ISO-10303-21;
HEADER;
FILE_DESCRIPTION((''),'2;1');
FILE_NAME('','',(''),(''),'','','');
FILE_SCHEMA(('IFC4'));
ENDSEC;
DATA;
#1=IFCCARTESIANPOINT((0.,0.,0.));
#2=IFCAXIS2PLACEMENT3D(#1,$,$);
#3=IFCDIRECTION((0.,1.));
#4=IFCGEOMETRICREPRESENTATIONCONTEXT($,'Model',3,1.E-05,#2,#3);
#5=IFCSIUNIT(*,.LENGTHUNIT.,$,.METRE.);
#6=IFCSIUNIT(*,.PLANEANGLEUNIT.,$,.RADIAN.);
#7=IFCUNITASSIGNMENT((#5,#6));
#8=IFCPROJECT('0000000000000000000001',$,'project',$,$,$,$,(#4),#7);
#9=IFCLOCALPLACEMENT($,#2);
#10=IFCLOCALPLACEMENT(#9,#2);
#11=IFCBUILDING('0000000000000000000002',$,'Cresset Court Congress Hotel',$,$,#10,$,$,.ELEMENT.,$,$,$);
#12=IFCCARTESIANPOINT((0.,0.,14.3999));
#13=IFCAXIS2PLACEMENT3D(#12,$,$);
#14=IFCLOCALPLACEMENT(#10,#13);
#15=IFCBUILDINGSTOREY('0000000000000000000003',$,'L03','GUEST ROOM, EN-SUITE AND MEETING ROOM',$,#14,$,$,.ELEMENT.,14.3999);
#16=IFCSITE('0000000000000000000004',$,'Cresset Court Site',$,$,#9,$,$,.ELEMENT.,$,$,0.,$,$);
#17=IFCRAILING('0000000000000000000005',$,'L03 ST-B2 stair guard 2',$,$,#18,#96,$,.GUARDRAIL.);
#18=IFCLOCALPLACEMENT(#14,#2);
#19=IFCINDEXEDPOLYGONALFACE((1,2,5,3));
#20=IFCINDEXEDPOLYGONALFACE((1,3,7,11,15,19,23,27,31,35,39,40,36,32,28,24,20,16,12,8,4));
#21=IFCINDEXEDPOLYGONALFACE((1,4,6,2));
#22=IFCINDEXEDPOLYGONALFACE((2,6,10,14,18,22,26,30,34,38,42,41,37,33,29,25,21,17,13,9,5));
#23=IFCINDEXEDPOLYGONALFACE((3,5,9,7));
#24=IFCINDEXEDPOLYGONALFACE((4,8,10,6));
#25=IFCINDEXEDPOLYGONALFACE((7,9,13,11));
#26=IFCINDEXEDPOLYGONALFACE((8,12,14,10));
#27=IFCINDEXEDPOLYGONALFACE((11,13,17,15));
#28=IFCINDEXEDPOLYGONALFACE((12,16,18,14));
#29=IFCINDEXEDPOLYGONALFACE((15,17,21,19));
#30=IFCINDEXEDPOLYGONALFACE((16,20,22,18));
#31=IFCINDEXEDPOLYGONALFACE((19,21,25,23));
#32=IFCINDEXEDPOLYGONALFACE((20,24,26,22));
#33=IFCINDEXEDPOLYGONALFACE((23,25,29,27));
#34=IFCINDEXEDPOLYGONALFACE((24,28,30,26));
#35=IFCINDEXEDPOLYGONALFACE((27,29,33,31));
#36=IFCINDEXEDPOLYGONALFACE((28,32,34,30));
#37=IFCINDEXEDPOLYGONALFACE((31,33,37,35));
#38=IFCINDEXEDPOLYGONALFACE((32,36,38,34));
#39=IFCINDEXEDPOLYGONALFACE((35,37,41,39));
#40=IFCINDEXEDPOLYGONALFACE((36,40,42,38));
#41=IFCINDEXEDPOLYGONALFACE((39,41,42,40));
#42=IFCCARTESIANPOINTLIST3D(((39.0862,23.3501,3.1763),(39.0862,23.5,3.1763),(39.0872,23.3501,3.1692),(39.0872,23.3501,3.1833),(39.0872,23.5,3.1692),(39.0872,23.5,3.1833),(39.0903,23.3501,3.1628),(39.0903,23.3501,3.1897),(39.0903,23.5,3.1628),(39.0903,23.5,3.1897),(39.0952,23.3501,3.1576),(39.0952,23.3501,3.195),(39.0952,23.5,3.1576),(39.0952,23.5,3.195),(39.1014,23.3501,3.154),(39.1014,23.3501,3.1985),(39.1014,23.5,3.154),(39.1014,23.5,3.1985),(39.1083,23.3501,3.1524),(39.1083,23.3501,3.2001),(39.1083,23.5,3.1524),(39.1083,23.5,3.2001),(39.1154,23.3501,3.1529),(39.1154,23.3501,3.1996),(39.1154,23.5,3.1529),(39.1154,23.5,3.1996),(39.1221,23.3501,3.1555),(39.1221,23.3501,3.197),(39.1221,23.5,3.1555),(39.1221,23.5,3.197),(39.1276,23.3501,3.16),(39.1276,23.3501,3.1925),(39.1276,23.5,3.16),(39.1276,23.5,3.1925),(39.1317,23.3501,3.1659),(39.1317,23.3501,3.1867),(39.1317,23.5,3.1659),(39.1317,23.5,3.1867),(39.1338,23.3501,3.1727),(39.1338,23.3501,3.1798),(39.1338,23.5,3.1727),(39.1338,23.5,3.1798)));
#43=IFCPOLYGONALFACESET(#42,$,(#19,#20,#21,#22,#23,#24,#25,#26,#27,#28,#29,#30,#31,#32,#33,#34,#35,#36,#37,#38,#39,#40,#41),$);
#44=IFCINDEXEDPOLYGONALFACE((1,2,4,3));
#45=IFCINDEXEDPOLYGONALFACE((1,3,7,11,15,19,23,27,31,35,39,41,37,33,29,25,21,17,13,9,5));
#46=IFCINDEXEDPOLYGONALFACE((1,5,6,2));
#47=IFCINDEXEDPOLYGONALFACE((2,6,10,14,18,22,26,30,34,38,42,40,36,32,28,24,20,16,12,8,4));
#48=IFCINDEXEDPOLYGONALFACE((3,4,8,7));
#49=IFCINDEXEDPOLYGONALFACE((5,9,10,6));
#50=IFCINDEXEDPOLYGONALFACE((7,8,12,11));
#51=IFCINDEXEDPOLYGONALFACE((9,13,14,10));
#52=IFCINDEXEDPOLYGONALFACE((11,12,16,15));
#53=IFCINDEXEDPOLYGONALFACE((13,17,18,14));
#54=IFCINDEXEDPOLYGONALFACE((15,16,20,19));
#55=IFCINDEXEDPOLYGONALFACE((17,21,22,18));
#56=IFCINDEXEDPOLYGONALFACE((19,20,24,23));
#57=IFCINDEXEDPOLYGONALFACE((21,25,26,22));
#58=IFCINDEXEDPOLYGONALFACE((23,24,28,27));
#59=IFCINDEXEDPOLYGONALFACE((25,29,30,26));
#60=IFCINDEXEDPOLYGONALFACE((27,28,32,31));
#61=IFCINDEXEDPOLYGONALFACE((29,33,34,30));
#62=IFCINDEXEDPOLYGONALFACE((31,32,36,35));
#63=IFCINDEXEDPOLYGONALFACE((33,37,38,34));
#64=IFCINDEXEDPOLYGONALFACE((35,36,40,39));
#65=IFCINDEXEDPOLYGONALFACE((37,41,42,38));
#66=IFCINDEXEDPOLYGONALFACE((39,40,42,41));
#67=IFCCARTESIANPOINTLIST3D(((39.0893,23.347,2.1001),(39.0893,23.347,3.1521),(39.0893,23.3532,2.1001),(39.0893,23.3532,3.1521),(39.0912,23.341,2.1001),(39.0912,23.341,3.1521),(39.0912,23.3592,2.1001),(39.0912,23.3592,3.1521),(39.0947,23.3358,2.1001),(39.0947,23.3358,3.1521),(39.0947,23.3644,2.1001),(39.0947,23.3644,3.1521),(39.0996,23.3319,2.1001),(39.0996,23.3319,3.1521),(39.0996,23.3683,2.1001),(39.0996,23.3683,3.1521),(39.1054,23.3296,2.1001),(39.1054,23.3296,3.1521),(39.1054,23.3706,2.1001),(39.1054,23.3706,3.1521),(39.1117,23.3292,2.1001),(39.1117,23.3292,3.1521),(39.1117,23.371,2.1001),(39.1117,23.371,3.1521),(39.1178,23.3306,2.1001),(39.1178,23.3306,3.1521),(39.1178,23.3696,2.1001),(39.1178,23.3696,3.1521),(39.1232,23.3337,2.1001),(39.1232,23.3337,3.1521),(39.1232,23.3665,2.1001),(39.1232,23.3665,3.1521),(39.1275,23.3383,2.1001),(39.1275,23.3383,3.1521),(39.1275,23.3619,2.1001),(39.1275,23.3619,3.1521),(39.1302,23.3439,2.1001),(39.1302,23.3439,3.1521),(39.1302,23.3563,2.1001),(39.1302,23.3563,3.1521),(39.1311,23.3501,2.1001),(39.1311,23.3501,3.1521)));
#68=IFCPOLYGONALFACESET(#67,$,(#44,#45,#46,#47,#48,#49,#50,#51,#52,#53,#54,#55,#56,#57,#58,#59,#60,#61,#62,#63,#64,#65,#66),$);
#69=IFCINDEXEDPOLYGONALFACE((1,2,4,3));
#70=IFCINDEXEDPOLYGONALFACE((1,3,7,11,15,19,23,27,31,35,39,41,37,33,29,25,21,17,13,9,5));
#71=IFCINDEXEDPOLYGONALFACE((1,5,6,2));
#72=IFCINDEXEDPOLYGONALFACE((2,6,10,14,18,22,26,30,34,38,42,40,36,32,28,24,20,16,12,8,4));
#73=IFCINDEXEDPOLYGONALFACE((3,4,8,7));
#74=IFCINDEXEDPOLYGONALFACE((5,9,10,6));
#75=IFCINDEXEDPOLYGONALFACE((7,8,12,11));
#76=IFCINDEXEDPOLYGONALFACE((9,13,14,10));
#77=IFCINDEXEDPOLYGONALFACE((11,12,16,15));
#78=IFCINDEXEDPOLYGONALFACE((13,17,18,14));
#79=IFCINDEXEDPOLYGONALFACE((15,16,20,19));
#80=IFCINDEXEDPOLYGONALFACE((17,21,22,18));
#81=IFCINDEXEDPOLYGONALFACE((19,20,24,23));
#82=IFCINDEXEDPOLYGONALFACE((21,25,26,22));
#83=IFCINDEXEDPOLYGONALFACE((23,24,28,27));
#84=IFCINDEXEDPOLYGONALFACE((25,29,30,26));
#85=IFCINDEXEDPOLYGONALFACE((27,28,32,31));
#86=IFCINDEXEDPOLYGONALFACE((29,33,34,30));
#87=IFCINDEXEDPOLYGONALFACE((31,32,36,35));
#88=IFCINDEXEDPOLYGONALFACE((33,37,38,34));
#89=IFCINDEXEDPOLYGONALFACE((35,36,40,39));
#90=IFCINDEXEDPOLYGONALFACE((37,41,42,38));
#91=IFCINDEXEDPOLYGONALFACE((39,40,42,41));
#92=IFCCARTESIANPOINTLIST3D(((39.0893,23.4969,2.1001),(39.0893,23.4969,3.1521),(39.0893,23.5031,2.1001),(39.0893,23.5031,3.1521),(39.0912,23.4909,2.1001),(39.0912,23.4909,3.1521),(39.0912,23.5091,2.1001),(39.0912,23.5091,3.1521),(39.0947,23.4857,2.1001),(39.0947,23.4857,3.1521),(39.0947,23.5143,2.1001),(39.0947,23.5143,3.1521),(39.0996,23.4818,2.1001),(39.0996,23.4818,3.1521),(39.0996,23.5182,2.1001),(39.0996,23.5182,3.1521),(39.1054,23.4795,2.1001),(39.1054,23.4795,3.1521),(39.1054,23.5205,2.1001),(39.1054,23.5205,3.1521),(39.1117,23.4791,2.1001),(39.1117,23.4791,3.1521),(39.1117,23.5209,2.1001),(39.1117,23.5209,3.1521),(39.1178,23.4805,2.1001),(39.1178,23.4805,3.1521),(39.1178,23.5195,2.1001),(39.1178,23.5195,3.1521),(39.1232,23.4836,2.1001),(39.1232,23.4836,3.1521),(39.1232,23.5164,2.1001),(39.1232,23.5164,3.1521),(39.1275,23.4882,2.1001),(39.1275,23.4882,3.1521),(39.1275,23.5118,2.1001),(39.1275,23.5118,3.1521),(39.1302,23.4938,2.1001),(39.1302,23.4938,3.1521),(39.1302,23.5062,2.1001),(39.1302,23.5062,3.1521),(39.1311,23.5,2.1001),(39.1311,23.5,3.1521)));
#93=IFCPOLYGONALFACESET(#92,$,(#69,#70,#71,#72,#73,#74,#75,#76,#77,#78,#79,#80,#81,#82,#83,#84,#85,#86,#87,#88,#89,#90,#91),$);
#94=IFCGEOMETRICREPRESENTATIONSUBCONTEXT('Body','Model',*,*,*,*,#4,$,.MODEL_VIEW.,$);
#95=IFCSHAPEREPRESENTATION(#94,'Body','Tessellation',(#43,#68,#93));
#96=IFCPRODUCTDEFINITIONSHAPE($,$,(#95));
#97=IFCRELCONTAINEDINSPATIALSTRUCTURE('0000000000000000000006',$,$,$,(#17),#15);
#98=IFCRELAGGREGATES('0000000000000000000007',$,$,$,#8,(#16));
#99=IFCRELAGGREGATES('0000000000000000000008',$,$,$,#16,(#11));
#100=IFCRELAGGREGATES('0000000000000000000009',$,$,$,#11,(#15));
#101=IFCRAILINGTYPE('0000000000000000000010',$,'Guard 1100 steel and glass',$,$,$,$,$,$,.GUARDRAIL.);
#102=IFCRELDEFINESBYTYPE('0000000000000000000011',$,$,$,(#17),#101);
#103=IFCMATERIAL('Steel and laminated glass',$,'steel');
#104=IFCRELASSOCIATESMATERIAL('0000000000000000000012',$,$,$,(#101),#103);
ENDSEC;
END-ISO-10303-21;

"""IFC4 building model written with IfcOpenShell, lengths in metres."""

from ifc_helpers import new_model, si_unit, direction, frame, origin, origin_2d, place, context, subcontext, project, spatial, circle, extrude, material, type_object, element, save


model = new_model("IFC4")

# Units and contexts
model_context = context("Model", 3, precision=1e-05, world=origin(), true_north=direction((0.0, 1.0)))
body_context = subcontext(model_context, "Body", "Model", "MODEL_VIEW")
ifc_project = project(units=[si_unit("LENGTHUNIT", "METRE"), si_unit("PLANEANGLEUNIT", "RADIAN")], contexts=[model_context])

# Site, building, storey
site_placement = place(None, origin())
site = spatial("IfcSite", under=ifc_project, at=site_placement, Name="Cresset Court Site", CompositionType="ELEMENT", RefElevation=0.0)
building_placement = place(site_placement, origin())
building = spatial("IfcBuilding", under=site, at=building_placement, Name="Cresset Court Congress Hotel", CompositionType="ELEMENT")
storey_placement = place(building_placement, frame((0.0, 0.0, 14.3999)))
storey = spatial("IfcBuildingStorey", under=building, at=storey_placement, Name="L03", Description="GUEST ROOM, EN-SUITE AND MEETING ROOM", CompositionType="ELEMENT", Elevation=14.3999)

# Railing
ifc_material_1 = material(Name="Steel and laminated glass", Category="steel")
railing_type_1 = type_object("IfcRailingType", Name="Guard 1100 steel and glass", PredefinedType="GUARDRAIL", material=ifc_material_1)
railing_1_placement = place(storey_placement, frame((39.1101, 23.3501, 2.1001)))
element("IfcRailing", 1, at=railing_1_placement, inside=storey, type_object=railing_type_1, Name="L03 ST-B2 stair guard 2", PredefinedType="GUARDRAIL", context=body_context, shape_type="SweptSolid", body=[
    extrude(circle(Radius=0.0239, at=origin_2d()), frame((0.0, 0.0, 1.0762), z_axis=(0.0, 1.0, 0.0), x_axis=(-1.0, 0.0, 0.0)), (0.0, 0.0, 1.0), 0.1499),
    extrude(circle(Radius=0.021, at=origin_2d()), origin(), (0.0, 0.0, 1.0), 1.052),
    extrude(circle(Radius=0.021, at=origin_2d()), frame((0.0, 0.1499, 0.0)), (0.0, 0.0, 1.0), 1.052),
])

save(model, "model.ifc")
